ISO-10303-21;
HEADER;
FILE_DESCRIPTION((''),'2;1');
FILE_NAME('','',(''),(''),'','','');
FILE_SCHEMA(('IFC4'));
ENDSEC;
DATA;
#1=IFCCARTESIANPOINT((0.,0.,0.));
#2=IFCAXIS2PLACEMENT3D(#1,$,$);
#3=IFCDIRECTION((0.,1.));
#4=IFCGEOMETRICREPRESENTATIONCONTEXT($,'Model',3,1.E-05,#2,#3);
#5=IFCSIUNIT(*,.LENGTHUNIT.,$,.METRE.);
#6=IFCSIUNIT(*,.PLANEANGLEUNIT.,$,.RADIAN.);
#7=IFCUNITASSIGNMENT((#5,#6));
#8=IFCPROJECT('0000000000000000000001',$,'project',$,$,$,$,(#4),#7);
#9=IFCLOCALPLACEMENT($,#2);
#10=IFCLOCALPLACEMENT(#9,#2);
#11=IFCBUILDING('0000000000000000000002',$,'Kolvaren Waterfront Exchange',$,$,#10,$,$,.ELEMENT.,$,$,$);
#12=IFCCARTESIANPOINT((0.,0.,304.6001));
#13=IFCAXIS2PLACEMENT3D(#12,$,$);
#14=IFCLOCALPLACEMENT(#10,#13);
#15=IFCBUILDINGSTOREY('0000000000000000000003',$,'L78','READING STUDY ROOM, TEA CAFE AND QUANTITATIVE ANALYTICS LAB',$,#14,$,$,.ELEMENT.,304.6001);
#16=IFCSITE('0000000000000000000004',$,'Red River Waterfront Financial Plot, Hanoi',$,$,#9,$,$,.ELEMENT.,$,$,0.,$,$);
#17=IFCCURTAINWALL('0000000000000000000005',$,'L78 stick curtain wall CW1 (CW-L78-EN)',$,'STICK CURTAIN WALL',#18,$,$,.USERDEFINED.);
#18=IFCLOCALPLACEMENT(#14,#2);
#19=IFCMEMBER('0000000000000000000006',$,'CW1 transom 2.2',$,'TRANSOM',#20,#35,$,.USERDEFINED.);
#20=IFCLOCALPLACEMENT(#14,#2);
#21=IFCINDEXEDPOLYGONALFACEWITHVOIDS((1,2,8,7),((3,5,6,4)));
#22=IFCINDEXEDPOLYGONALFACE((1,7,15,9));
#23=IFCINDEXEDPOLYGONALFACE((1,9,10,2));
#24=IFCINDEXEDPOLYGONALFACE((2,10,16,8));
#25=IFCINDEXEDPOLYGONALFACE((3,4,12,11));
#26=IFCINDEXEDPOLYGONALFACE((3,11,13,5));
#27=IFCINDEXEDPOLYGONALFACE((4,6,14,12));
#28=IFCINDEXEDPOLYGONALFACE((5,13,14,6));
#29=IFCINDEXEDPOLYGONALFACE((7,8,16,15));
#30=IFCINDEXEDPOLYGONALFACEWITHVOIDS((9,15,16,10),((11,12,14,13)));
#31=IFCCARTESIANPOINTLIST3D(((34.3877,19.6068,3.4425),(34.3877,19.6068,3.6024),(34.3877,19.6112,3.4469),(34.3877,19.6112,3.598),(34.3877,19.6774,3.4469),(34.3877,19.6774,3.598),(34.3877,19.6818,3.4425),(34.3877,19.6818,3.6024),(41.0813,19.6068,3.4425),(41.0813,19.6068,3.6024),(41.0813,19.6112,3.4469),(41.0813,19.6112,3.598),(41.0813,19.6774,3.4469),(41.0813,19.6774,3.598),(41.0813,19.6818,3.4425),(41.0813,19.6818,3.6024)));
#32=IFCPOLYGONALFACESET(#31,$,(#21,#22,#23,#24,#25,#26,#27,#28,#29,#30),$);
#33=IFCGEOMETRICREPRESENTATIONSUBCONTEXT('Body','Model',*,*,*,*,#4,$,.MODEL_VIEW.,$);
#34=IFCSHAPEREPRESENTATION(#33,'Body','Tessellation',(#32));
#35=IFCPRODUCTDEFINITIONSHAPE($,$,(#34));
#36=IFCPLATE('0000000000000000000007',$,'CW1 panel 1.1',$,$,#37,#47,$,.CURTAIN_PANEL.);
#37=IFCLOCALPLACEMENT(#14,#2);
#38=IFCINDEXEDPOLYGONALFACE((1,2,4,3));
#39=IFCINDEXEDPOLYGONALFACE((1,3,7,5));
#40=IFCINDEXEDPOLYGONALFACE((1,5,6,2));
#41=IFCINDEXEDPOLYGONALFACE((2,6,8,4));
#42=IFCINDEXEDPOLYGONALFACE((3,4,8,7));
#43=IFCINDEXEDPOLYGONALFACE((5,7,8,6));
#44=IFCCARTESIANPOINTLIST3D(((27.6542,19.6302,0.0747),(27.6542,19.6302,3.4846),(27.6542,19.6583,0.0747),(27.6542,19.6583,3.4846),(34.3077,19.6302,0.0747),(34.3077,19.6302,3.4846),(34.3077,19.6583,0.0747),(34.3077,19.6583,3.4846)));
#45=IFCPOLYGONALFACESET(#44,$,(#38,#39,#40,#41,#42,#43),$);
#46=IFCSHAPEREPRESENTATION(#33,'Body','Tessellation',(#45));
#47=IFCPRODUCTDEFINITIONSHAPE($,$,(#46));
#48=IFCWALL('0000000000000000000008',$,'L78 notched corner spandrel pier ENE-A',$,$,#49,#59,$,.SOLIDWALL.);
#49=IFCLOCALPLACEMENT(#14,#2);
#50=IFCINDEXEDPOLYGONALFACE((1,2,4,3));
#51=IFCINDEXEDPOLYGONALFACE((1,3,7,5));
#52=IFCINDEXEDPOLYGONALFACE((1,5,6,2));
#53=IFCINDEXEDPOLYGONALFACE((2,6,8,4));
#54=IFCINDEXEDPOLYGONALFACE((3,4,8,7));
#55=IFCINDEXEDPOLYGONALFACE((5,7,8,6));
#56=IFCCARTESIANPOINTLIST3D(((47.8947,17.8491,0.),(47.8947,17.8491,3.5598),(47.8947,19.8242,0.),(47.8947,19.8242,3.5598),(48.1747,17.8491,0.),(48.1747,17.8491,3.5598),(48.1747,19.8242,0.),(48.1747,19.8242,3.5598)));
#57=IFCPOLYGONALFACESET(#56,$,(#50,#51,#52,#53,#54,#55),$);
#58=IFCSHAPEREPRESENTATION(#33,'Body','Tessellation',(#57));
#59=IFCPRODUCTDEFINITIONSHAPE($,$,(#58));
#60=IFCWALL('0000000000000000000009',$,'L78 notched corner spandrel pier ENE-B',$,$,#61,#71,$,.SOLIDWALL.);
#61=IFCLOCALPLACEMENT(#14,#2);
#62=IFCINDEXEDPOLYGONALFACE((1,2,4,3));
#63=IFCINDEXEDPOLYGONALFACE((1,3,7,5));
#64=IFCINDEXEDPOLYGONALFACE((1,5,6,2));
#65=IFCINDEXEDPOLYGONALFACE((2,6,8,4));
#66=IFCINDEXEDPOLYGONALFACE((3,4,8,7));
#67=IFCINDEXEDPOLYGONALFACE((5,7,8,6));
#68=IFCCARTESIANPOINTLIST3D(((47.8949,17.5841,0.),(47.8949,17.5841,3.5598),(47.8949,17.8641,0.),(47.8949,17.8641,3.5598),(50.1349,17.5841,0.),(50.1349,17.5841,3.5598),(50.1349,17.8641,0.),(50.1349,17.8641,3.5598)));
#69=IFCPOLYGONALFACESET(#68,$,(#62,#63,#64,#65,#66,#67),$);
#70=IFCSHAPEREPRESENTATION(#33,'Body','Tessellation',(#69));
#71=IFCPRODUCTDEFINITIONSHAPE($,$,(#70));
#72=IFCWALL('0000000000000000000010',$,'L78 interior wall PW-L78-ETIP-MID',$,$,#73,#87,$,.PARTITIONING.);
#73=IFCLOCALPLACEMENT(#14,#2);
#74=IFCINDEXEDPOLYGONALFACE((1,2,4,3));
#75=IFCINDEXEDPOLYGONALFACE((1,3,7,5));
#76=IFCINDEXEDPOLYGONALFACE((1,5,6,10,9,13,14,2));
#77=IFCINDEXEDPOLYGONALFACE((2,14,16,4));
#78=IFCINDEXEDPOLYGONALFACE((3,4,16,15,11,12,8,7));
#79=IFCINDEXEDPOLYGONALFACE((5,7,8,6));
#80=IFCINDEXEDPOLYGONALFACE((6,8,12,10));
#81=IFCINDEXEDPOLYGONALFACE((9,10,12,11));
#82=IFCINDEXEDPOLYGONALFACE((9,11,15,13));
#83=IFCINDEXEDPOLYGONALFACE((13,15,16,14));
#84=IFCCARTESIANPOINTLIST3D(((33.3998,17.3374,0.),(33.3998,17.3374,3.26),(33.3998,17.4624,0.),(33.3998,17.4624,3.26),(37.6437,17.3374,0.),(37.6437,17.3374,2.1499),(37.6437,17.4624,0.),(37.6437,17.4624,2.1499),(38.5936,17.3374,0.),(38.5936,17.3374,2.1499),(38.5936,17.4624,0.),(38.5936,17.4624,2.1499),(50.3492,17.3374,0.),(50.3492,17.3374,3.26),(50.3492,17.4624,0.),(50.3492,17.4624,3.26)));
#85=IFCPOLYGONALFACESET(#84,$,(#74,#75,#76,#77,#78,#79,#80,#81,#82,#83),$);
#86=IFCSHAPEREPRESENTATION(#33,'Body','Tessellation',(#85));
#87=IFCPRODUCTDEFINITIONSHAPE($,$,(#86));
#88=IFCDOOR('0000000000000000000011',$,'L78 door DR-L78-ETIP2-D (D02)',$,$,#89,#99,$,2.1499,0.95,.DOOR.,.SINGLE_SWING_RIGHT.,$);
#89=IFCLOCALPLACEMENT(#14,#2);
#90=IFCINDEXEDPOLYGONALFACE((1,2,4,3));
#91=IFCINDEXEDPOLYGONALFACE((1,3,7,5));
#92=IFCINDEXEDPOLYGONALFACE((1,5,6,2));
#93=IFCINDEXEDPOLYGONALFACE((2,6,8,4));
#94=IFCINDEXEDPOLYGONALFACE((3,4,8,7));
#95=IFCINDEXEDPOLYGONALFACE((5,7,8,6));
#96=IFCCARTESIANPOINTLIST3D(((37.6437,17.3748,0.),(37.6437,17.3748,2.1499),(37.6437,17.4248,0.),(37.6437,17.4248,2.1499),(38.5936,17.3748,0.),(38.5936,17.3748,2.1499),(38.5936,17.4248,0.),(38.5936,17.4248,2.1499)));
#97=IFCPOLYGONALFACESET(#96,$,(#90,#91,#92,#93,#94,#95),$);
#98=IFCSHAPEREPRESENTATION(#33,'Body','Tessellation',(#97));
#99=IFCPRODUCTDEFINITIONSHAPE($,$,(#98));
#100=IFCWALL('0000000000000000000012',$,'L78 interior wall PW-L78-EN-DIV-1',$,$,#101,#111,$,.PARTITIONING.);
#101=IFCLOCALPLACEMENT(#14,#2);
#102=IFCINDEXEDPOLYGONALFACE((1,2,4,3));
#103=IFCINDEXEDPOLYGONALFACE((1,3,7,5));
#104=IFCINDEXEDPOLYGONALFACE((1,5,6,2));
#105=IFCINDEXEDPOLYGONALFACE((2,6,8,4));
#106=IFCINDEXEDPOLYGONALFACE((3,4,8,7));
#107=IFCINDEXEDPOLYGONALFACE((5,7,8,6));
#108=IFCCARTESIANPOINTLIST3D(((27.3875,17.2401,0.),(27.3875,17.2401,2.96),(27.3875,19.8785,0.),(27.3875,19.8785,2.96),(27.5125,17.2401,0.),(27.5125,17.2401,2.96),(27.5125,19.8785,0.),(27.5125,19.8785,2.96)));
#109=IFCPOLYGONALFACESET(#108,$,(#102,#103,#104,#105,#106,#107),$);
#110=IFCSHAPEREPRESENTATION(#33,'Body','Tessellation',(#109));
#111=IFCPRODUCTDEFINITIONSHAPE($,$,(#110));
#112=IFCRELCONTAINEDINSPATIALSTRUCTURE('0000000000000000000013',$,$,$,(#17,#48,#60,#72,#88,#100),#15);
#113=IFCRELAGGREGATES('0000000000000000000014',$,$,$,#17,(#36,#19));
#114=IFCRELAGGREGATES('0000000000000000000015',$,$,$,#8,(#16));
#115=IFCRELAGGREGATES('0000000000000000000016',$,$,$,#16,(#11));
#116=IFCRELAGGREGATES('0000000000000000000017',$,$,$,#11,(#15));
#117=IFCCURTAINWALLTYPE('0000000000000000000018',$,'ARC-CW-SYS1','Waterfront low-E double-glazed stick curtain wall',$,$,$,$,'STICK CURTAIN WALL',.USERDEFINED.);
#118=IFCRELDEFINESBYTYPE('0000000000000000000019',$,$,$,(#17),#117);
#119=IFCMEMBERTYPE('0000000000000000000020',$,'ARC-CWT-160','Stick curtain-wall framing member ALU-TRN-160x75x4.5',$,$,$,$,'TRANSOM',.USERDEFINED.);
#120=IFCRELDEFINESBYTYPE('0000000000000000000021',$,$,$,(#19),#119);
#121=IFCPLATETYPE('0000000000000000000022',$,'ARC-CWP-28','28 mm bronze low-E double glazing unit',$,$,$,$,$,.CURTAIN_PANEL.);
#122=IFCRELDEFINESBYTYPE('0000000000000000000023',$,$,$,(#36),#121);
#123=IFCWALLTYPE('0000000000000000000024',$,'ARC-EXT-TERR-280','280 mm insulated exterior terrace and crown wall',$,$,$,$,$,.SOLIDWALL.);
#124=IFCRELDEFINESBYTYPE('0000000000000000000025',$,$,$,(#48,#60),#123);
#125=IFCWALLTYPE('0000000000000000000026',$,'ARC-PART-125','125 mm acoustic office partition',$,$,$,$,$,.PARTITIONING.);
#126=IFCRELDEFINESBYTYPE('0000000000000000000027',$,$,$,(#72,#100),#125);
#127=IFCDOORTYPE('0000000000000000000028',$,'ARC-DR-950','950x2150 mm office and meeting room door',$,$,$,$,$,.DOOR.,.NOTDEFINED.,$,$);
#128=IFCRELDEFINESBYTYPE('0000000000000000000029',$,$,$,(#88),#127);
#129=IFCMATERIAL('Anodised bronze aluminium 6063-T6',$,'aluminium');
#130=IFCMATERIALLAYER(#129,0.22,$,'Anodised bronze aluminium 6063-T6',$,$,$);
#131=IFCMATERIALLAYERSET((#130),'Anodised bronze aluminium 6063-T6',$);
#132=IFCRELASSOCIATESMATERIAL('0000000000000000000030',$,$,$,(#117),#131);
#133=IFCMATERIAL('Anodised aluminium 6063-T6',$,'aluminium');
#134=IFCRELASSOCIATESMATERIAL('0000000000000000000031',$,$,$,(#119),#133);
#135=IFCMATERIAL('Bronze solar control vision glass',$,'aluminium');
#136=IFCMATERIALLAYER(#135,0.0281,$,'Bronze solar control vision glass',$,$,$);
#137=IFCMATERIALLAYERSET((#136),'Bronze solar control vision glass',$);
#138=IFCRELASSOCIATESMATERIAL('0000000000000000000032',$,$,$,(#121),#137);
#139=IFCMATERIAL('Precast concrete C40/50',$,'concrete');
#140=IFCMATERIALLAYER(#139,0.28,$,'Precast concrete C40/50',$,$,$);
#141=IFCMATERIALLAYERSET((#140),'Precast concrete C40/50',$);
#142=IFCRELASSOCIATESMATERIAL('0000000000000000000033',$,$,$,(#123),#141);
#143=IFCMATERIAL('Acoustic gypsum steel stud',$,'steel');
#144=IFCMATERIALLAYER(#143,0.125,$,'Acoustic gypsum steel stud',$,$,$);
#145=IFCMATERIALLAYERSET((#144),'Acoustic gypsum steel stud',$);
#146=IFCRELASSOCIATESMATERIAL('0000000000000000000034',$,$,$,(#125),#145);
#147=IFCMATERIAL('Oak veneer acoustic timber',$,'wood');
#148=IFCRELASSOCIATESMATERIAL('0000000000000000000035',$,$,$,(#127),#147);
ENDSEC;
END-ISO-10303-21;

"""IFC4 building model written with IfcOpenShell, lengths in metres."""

from ifc_helpers import new_model, si_unit, direction, frame, frame_2d, origin, origin_with_axes, origin_2d, place, context, subcontext, project, spatial, rectangle, hollow_rectangle, extrude, source, transform, mapped, material, layer, layer_set, material_profile, profile_set, type_object, element, fill, aggregate, save


model = new_model("IFC4")

# Units and contexts
model_context = context("Model", 3, precision=1e-05, world=origin(), true_north=direction((0.0, 1.0)))
body_context = subcontext(model_context, "Body", "Model", "MODEL_VIEW")
ifc_project = project(units=[si_unit("LENGTHUNIT", "METRE"), si_unit("PLANEANGLEUNIT", "RADIAN")], contexts=[model_context])

# Site, building, storey
site_placement = place(None, origin())
site = spatial("IfcSite", under=ifc_project, at=site_placement, Name="Red River Waterfront Financial Plot, Hanoi", CompositionType="ELEMENT", RefElevation=0.0)
building_placement = place(site_placement, origin())
building = spatial("IfcBuilding", under=site, at=building_placement, Name="Kolvaren Waterfront Exchange", CompositionType="ELEMENT")
storey_placement = place(building_placement, frame((0.0, 0.0, 304.6001)))
storey = spatial("IfcBuildingStorey", under=building, at=storey_placement, Name="L78", Description="READING STUDY ROOM, TEA CAFE AND QUANTITATIVE ANALYTICS LAB", CompositionType="ELEMENT", Elevation=304.6001)

# Curtain wall, member, plate
ifc_material_1 = material(Name="Anodised bronze aluminium 6063-T6", Category="aluminium")
ifc_layer_1 = layer(ifc_material_1, 0.22, Name="Anodised bronze aluminium 6063-T6")
ifc_layer_set_1 = layer_set([ifc_layer_1], Name="Anodised bronze aluminium 6063-T6")
curtain_wall_type = type_object("IfcCurtainWallType", Name="ARC-CW-SYS1", Description="Waterfront low-E double-glazed stick curtain wall", ElementType="STICK CURTAIN WALL", PredefinedType="USERDEFINED", material=ifc_layer_set_1)
curtain_wall_placement = place(storey_placement, origin())
curtain_wall = element("IfcCurtainWall", 1, at=curtain_wall_placement, inside=storey, type_object=curtain_wall_type, Name="L78 stick curtain wall CW1 (CW-L78-EN)", ObjectType="STICK CURTAIN WALL", PredefinedType="USERDEFINED")
ifc_material_2 = material(Name="Anodised aluminium 6063-T6", Category="aluminium")
ifc_material_profile_1 = material_profile(ifc_material_2, hollow_rectangle(XDim=0.075, YDim=0.1599, WallThickness=0.0044, at=origin_2d()), Name="ALU-TRN-160x75x4.5")
ifc_profile_set_1 = profile_set([ifc_material_profile_1], Name="Anodised aluminium 6063-T6")
member_type_1 = type_object("IfcMemberType", Name="ARC-CWT-160", Description="Stick curtain-wall framing member ALU-TRN-160x75x4.5", ElementType="TRANSOM", PredefinedType="USERDEFINED", material=ifc_profile_set_1)
shared_shape_1 = source(origin_with_axes(), body_context, "Body", "SweptSolid", [
    extrude(hollow_rectangle(XDim=0.075, YDim=0.1599, WallThickness=0.0044, at=origin_2d()), origin(), (0.0, 0.0, 1.0), 6.6936),
])
member_1_placement = place(storey_placement, frame((34.3877, 19.6443, 3.5225), z_axis=(1.0, 0.0, 0.0), x_axis=(0.0, 1.0, 0.0)))
member_1 = element("IfcMember", 2, at=member_1_placement, type_object=member_type_1, Name="CW1 transom 2.2", ObjectType="TRANSOM", PredefinedType="USERDEFINED", context=body_context, shape_type="MappedRepresentation", body=[
    mapped(shared_shape_1, transform((0.0, 0.0, 0.0), x_axis=(1.0, 0.0, 0.0), y_axis=(0.0, 1.0, 0.0), z_axis=(0.0, 0.0, 1.0), scale=1.0)),
])
ifc_material_3 = material(Name="Bronze solar control vision glass", Category="aluminium")
ifc_layer_2 = layer(ifc_material_3, 0.0281, Name="Bronze solar control vision glass")
ifc_layer_set_2 = layer_set([ifc_layer_2], Name="Bronze solar control vision glass")
plate_type = type_object("IfcPlateType", Name="ARC-CWP-28", Description="28 mm bronze low-E double glazing unit", PredefinedType="CURTAIN_PANEL", material=ifc_layer_set_2)
shared_shape_2 = source(origin_with_axes(), body_context, "Body", "SweptSolid", [
    extrude(rectangle(XDim=6.6536, YDim=0.0281, at=origin_2d()), origin(), (0.0, 0.0, 1.0), 3.4099),
])
plate_placement = place(storey_placement, frame((30.981, 19.6443, 0.0747), z_axis=(0.0, 0.0, 1.0), x_axis=(1.0, 0.0, 0.0)))
plate = element("IfcPlate", 3, at=plate_placement, type_object=plate_type, Name="CW1 panel 1.1", PredefinedType="CURTAIN_PANEL", context=body_context, shape_type="MappedRepresentation", body=[
    mapped(shared_shape_2, transform((0.0, 0.0, 0.0), x_axis=(1.0, 0.0, 0.0), y_axis=(0.0, 1.0, 0.0), z_axis=(0.0, 0.0, 1.0), scale=1.0)),
])
aggregate(curtain_wall, [plate, member_1])

# Walls
ifc_material_4 = material(Name="Precast concrete C40/50", Category="concrete")
ifc_layer_3 = layer(ifc_material_4, 0.28, Name="Precast concrete C40/50")
ifc_layer_set_3 = layer_set([ifc_layer_3], Name="Precast concrete C40/50")
wall_type_1 = type_object("IfcWallType", Name="ARC-EXT-TERR-280", Description="280 mm insulated exterior terrace and crown wall", PredefinedType="SOLIDWALL", material=ifc_layer_set_3)
wall_1_placement = place(storey_placement, frame((48.0347, 17.8491, 0.0), z_axis=(0.0, 0.0, 1.0), x_axis=(0.0, 1.0, 0.0)))
element("IfcWall", 4, at=wall_1_placement, inside=storey, type_object=wall_type_1, Name="L78 notched corner spandrel pier ENE-A", PredefinedType="SOLIDWALL", context=body_context, shape_type="SweptSolid", body=[
    extrude(rectangle(XDim=1.9751, YDim=0.28, at=frame_2d((0.9875, 0.0))), origin(), (0.0, 0.0, 1.0), 3.5598),
])
wall_2_placement = place(storey_placement, frame((47.8948, 17.7241, 0.0), z_axis=(0.0, 0.0, 1.0), x_axis=(1.0, 0.0, 0.0)))
element("IfcWall", 5, at=wall_2_placement, inside=storey, type_object=wall_type_1, Name="L78 notched corner spandrel pier ENE-B", PredefinedType="SOLIDWALL", context=body_context, shape_type="SweptSolid", body=[
    extrude(rectangle(XDim=2.24, YDim=0.28, at=frame_2d((1.1201, 0.0))), origin(), (0.0, 0.0, 1.0), 3.5598),
])

# Wall, opening, door
ifc_material_5 = material(Name="Acoustic gypsum steel stud", Category="steel")
ifc_layer_4 = layer(ifc_material_5, 0.125, Name="Acoustic gypsum steel stud")
ifc_layer_set_4 = layer_set([ifc_layer_4], Name="Acoustic gypsum steel stud")
wall_type_2 = type_object("IfcWallType", Name="ARC-PART-125", Description="125 mm acoustic office partition", PredefinedType="PARTITIONING", material=ifc_layer_set_4)
wall_3_placement = place(storey_placement, frame((33.3999, 17.3999, 0.0), z_axis=(0.0, 0.0, 1.0), x_axis=(1.0, 0.0, 0.0)))
wall_3 = element("IfcWall", 6, at=wall_3_placement, inside=storey, type_object=wall_type_2, Name="L78 interior wall PW-L78-ETIP-MID", PredefinedType="PARTITIONING", context=body_context, shape_type="SweptSolid", body=[
    extrude(rectangle(XDim=16.9495, YDim=0.125, at=frame_2d((8.4746, 0.0))), origin(), (0.0, 0.0, 1.0), 3.26),
])
opening_placement = place(wall_3_placement, frame((4.2437, 0.0, 0.0)))
opening = element("IfcOpeningElement", 7, at=opening_placement, cuts=wall_3, PredefinedType="OPENING", context=body_context, shape_type="SweptSolid", body=[
    extrude(rectangle(XDim=0.95, YDim=2.1499, at=frame_2d((0.4751, 1.075))), frame((0.0, 0.0725, 0.0), z_axis=(0.0, -1.0, 0.0), x_axis=(1.0, 0.0, 0.0)), (0.0, 0.0, 1.0), 0.145),
])
ifc_material_6 = material(Name="Oak veneer acoustic timber", Category="wood")
door_type = type_object("IfcDoorType", Name="ARC-DR-950", Description="950x2150 mm office and meeting room door", OperationType="NOTDEFINED", PredefinedType="DOOR", material=ifc_material_6)
door_placement = place(opening_placement, origin())
door = element("IfcDoor", 8, at=door_placement, inside=storey, type_object=door_type, Name="L78 door DR-L78-ETIP2-D (D02)", OperationType="SINGLE_SWING_RIGHT", OverallHeight=2.1499, OverallWidth=0.95, PredefinedType="DOOR", context=body_context, shape_type="SweptSolid", body=[
    extrude(rectangle(XDim=0.95, YDim=2.1499, at=frame_2d((0.4751, 1.075))), frame((0.0, 0.0249, 0.0), z_axis=(0.0, -1.0, 0.0), x_axis=(1.0, 0.0, 0.0)), (0.0, 0.0, 1.0), 0.05),
])
fill(opening, door)

# Wall
wall_4_placement = place(storey_placement, frame((27.45, 17.24, 0.0), z_axis=(0.0, 0.0, 1.0), x_axis=(0.0, 1.0, 0.0)))
element("IfcWall", 9, at=wall_4_placement, inside=storey, type_object=wall_type_2, Name="L78 interior wall PW-L78-EN-DIV-1", PredefinedType="PARTITIONING", context=body_context, shape_type="SweptSolid", body=[
    extrude(rectangle(XDim=2.6384, YDim=0.125, at=frame_2d((1.3193, 0.0))), origin(), (0.0, 0.0, 1.0), 2.96),
])

save(model, "model.ifc")
